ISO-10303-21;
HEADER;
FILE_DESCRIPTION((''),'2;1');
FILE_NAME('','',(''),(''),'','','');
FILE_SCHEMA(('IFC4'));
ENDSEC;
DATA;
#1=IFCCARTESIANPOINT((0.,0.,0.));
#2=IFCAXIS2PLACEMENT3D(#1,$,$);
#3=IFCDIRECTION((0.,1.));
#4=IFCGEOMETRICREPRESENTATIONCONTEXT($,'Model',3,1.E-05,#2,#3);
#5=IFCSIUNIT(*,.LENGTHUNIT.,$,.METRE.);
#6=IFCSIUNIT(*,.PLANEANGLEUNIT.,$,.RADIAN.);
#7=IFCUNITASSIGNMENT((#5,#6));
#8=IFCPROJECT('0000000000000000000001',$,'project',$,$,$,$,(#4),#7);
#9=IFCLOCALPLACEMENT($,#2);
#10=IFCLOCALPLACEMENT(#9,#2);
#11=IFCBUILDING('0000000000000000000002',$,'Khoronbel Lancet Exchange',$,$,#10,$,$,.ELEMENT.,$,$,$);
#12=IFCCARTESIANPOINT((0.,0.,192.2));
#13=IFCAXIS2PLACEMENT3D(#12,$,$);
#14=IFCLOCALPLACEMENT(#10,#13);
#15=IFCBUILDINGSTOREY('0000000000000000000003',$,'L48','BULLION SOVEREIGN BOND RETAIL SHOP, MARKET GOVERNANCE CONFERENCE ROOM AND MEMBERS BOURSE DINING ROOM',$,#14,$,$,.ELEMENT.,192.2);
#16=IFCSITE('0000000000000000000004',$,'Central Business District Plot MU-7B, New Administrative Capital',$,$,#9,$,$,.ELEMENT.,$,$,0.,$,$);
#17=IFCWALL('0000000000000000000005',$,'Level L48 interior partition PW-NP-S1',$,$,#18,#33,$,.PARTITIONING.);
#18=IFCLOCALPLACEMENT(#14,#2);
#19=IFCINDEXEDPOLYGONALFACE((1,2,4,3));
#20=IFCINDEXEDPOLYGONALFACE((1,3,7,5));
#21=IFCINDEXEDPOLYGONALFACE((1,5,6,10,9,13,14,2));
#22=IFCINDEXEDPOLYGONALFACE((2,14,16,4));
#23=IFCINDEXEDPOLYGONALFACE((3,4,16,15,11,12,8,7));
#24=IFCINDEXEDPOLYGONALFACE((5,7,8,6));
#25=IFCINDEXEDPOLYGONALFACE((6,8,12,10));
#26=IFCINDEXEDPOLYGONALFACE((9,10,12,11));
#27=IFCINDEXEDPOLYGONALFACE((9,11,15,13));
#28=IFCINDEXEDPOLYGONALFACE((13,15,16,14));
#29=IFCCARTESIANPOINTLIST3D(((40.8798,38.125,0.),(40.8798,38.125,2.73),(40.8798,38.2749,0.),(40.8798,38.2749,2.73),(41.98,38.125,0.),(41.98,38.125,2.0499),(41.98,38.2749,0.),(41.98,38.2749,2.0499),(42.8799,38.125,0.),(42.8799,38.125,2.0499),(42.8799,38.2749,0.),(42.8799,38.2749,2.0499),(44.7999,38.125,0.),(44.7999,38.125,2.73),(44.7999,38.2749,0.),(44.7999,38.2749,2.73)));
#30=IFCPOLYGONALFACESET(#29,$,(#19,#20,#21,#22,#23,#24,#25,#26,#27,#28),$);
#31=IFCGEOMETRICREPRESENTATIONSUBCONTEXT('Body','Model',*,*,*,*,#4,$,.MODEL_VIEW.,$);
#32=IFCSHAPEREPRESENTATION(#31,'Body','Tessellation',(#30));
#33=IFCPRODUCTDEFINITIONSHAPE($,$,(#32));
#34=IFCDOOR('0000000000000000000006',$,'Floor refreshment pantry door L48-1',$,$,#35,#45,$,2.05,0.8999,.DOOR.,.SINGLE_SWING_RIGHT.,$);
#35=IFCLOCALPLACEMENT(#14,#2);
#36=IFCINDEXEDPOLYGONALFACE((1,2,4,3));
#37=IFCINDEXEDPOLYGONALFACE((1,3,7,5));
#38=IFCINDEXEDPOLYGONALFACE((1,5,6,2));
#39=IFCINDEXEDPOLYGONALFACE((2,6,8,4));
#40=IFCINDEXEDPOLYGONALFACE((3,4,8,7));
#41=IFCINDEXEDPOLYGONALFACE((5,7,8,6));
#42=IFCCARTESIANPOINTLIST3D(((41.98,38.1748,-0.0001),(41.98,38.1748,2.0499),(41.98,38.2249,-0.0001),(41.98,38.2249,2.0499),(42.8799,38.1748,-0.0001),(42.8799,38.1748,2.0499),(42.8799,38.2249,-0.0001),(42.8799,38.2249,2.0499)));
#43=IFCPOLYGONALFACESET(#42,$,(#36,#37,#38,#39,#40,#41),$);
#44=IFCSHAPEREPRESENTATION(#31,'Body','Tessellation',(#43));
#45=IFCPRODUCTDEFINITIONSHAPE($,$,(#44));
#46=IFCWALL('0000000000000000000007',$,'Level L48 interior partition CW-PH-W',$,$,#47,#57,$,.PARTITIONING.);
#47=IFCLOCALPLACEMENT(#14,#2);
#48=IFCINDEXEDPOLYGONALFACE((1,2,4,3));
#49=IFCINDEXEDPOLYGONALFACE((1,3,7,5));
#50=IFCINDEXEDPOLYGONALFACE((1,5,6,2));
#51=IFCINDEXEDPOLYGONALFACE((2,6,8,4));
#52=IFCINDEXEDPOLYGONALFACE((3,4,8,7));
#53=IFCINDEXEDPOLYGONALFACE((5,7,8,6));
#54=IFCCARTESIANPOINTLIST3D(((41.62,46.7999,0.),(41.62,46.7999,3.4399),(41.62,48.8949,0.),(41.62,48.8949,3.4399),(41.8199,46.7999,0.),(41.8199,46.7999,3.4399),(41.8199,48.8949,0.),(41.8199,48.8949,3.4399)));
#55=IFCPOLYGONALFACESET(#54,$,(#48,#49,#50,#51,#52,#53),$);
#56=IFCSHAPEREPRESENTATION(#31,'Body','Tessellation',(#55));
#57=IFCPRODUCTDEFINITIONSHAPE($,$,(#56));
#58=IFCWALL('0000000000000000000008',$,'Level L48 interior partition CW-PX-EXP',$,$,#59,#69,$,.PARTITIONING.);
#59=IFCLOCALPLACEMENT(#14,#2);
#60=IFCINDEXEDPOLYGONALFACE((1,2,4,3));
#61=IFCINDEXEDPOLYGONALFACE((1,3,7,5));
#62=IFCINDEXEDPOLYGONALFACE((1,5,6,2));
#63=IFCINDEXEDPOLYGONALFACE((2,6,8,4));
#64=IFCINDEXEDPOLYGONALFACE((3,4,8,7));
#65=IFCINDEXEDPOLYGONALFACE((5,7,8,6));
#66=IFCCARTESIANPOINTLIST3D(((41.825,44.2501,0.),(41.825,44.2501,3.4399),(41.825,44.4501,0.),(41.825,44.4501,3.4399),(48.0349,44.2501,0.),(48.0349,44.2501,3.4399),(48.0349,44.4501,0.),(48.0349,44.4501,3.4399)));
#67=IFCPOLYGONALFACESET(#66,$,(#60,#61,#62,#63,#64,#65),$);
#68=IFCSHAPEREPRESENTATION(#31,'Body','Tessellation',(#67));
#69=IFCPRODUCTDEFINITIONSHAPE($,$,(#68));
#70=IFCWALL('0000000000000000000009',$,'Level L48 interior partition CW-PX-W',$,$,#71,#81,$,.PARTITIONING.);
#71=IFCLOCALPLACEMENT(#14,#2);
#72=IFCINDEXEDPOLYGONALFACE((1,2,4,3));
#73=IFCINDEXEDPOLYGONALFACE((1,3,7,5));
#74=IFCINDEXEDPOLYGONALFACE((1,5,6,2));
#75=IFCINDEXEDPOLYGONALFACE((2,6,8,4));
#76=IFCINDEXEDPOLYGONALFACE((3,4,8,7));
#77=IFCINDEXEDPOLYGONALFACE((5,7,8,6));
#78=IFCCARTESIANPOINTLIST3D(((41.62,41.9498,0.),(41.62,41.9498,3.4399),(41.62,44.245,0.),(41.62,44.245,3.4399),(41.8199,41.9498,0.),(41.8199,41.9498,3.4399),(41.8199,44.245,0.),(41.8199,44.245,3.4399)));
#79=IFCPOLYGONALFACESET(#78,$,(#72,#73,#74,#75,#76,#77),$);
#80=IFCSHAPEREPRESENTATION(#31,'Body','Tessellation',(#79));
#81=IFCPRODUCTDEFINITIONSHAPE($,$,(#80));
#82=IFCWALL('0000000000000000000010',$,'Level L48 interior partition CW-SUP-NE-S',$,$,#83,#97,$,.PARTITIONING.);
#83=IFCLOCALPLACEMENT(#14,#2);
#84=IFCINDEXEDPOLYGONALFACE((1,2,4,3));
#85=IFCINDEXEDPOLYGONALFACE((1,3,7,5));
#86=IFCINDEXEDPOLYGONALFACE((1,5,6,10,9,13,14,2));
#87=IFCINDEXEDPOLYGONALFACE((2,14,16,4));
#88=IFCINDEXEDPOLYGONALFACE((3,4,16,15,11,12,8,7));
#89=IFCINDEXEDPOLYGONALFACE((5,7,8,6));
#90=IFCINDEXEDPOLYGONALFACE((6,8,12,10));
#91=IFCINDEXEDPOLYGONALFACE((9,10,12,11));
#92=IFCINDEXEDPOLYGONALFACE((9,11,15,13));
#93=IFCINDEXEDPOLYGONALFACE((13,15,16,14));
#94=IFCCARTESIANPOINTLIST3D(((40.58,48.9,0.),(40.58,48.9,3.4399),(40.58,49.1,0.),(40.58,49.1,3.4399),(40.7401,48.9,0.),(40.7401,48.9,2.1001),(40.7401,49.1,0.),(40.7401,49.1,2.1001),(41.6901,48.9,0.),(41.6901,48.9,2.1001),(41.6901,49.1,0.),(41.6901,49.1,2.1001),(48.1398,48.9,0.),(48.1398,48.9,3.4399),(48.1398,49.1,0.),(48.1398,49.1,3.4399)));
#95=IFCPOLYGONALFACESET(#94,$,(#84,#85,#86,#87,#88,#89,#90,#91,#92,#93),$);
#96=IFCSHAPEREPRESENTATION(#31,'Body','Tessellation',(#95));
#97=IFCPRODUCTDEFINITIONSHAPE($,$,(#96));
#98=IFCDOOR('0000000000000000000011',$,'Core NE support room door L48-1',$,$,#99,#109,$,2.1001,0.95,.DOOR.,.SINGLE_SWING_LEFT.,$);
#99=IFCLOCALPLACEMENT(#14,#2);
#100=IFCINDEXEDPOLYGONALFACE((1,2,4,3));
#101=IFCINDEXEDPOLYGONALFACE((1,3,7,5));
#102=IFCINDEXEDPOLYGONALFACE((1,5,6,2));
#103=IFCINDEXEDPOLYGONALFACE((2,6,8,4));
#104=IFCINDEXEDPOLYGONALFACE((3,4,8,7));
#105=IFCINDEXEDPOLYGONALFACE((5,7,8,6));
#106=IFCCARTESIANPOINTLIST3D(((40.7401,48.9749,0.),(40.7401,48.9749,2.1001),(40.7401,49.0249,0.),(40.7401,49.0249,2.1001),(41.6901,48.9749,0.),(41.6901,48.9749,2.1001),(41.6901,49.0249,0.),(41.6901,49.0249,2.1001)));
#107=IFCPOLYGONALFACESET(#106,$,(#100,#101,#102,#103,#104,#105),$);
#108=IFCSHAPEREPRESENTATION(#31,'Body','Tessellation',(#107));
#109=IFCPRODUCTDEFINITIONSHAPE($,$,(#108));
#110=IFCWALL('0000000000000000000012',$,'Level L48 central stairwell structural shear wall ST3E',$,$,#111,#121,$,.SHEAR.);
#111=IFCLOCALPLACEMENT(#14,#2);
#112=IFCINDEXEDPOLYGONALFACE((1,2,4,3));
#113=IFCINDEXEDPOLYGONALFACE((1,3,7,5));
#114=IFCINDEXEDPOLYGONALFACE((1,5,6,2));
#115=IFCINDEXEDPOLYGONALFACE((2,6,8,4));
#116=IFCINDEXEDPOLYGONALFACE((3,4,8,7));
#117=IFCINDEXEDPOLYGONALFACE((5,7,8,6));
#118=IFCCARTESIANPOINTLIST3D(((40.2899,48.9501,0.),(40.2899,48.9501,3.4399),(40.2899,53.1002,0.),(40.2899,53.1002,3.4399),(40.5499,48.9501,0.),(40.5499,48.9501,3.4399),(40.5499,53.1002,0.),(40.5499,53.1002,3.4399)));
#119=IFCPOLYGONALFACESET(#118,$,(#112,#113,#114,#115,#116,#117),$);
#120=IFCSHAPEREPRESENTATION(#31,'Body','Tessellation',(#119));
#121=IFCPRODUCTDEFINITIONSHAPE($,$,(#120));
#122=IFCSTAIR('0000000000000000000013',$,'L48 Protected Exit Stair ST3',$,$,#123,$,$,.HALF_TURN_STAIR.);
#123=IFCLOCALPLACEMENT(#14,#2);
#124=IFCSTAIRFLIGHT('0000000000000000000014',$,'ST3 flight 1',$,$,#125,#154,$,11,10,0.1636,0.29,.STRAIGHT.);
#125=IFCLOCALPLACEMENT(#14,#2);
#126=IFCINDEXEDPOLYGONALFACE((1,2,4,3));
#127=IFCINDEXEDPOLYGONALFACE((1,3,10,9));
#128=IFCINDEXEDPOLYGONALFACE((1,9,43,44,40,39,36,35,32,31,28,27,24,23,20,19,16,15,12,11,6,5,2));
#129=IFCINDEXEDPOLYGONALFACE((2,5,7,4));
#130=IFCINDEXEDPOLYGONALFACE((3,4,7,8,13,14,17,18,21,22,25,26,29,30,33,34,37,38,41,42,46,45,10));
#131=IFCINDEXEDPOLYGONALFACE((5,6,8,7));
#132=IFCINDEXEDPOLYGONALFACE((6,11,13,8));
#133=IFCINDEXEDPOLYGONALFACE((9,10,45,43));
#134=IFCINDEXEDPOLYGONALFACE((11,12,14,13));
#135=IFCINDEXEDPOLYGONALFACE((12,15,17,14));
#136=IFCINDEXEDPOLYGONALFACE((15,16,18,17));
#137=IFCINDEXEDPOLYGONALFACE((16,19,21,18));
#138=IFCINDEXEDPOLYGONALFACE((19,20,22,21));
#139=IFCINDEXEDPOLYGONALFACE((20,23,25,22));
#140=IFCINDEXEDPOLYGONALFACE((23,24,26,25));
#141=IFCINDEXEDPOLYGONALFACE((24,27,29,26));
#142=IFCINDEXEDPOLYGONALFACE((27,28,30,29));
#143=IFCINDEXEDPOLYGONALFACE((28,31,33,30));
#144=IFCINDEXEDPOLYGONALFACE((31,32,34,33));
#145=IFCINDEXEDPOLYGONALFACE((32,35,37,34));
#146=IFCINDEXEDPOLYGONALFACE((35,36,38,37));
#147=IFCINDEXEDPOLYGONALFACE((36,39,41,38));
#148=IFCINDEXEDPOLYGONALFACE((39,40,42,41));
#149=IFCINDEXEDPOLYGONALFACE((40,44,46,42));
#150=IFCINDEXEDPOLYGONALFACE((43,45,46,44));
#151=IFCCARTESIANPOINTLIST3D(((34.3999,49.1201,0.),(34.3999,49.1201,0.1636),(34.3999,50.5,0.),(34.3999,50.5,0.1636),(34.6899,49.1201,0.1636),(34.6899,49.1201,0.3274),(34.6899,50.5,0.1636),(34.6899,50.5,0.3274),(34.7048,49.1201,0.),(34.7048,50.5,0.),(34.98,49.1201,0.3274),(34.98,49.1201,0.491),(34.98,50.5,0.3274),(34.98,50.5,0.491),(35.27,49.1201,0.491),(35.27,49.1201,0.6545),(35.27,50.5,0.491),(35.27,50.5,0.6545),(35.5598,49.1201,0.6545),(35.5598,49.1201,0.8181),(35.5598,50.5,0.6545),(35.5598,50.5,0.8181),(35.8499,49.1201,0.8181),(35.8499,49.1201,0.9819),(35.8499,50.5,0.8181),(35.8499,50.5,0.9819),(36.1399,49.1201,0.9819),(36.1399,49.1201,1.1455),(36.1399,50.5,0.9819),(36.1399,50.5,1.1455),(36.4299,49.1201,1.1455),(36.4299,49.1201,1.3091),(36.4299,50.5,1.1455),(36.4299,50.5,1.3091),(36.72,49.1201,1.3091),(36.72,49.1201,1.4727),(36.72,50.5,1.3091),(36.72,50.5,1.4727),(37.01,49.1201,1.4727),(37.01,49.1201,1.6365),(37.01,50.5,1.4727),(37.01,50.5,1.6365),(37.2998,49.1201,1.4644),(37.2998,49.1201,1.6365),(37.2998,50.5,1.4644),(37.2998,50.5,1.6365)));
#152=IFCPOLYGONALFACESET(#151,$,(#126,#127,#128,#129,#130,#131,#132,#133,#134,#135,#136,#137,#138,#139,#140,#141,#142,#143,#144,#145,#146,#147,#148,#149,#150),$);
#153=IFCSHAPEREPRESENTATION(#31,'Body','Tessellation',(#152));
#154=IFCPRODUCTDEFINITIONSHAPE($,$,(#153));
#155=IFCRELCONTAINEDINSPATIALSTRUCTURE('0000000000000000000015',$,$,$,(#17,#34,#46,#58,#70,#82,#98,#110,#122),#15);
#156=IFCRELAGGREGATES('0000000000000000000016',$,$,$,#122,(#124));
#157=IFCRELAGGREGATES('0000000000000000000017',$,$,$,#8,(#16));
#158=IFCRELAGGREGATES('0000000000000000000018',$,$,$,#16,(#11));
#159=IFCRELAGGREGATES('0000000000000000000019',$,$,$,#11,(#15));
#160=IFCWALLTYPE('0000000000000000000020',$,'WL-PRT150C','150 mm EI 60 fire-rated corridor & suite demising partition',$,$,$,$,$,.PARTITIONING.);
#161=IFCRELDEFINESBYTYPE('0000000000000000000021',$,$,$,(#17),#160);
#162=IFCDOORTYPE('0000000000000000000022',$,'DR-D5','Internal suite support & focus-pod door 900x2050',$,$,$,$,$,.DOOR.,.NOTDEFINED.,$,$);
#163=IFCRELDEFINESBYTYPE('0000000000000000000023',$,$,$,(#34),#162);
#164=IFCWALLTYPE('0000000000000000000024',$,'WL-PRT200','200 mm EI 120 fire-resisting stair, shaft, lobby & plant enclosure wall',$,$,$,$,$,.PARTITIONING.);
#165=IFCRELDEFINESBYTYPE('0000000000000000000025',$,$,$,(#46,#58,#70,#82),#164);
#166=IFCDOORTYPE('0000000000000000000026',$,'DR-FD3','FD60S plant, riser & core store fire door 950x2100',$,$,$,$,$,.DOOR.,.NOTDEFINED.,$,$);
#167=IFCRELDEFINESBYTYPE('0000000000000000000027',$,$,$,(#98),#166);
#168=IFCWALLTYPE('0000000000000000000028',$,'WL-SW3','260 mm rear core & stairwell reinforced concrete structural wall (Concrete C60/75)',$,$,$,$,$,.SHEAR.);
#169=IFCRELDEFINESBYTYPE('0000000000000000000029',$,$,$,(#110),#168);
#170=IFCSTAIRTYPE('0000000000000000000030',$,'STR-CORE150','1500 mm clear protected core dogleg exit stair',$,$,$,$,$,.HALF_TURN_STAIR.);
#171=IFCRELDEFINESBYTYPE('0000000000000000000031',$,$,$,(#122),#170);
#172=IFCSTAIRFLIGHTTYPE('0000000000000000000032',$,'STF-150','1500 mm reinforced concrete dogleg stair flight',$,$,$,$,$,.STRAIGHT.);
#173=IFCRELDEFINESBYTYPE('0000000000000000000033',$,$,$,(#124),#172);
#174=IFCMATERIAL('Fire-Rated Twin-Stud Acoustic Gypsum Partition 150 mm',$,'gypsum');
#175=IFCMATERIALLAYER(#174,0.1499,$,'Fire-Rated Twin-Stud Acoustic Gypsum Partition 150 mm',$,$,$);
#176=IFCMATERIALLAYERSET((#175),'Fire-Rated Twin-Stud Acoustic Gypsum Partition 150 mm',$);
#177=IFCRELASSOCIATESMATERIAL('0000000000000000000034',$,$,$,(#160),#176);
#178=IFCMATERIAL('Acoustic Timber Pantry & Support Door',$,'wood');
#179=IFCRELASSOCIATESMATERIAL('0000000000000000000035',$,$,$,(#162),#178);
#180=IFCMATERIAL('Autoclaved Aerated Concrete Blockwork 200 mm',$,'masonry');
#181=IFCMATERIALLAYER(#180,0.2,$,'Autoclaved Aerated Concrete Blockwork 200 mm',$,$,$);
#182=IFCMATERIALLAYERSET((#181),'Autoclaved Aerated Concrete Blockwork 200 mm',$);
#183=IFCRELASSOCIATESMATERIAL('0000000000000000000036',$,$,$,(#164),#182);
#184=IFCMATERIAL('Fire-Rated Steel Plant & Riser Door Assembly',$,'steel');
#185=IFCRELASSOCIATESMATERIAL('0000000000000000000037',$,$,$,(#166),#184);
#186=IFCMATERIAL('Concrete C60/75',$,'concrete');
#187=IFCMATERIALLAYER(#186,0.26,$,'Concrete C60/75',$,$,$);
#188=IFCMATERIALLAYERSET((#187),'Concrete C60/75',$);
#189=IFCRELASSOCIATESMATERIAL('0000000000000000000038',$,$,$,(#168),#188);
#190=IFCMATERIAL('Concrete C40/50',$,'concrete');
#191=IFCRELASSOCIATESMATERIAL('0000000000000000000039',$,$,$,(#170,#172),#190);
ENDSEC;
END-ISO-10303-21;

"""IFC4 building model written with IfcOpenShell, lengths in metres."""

from ifc_helpers import new_model, si_unit, direction, frame, frame_2d, origin, place, context, subcontext, project, spatial, polyline, rectangle, outline, extrude, material, layer, layer_set, type_object, element, fill, aggregate, save


model = new_model("IFC4")

# Units and contexts
model_context = context("Model", 3, precision=1e-05, world=origin(), true_north=direction((0.0, 1.0)))
body_context = subcontext(model_context, "Body", "Model", "MODEL_VIEW")
ifc_project = project(units=[si_unit("LENGTHUNIT", "METRE"), si_unit("PLANEANGLEUNIT", "RADIAN")], contexts=[model_context])

# Site, building, storey
site_placement = place(None, origin())
site = spatial("IfcSite", under=ifc_project, at=site_placement, Name="Central Business District Plot MU-7B, New Administrative Capital", CompositionType="ELEMENT", RefElevation=0.0)
building_placement = place(site_placement, origin())
building = spatial("IfcBuilding", under=site, at=building_placement, Name="Khoronbel Lancet Exchange", CompositionType="ELEMENT")
storey_placement = place(building_placement, frame((0.0, 0.0, 192.2)))
storey = spatial("IfcBuildingStorey", under=building, at=storey_placement, Name="L48", Description="BULLION SOVEREIGN BOND RETAIL SHOP, MARKET GOVERNANCE CONFERENCE ROOM AND MEMBERS BOURSE DINING ROOM", CompositionType="ELEMENT", Elevation=192.2)

# Shared definitions
ifc_material_1 = material(Name="Concrete C60/75", Category="concrete")

# Wall, opening, door
ifc_material_2 = material(Name="Fire-Rated Twin-Stud Acoustic Gypsum Partition 150 mm", Category="gypsum")
ifc_layer_1 = layer(ifc_material_2, 0.1499, Name="Fire-Rated Twin-Stud Acoustic Gypsum Partition 150 mm")
ifc_layer_set_1 = layer_set([ifc_layer_1], Name="Fire-Rated Twin-Stud Acoustic Gypsum Partition 150 mm")
wall_type_1 = type_object("IfcWallType", Name="WL-PRT150C", Description="150 mm EI 60 fire-rated corridor & suite demising partition", PredefinedType="PARTITIONING", material=ifc_layer_set_1)
wall_1_placement = place(storey_placement, frame((40.8799, 38.2, 0.0), z_axis=(0.0, 0.0, 1.0), x_axis=(1.0, 0.0, 0.0)))
wall_1 = element("IfcWall", 1, at=wall_1_placement, inside=storey, type_object=wall_type_1, Name="Level L48 interior partition PW-NP-S1", PredefinedType="PARTITIONING", context=body_context, shape_type="SweptSolid", body=[
    extrude(rectangle(XDim=3.9202, YDim=0.1499, at=frame_2d((1.96, 0.0))), origin(), (0.0, 0.0, 1.0), 2.73),
])
opening_1_placement = place(wall_1_placement, frame((1.1001, 0.0, 0.0)))
opening_1 = element("IfcOpeningElement", 2, at=opening_1_placement, cuts=wall_1, PredefinedType="OPENING", context=body_context, shape_type="SweptSolid", body=[
    extrude(rectangle(XDim=0.8999, YDim=2.05, at=frame_2d((0.45, 1.0249))), frame((0.0, 0.085, 0.0), z_axis=(0.0, -1.0, 0.0), x_axis=(1.0, 0.0, 0.0)), (0.0, 0.0, 1.0), 0.1699),
])
ifc_material_3 = material(Name="Acoustic Timber Pantry & Support Door", Category="wood")
door_type_1 = type_object("IfcDoorType", Name="DR-D5", Description="Internal suite support & focus-pod door 900x2050", OperationType="NOTDEFINED", PredefinedType="DOOR", material=ifc_material_3)
door_1_placement = place(opening_1_placement, origin())
door_1 = element("IfcDoor", 3, at=door_1_placement, inside=storey, type_object=door_type_1, Name="Floor refreshment pantry door L48-1", OperationType="SINGLE_SWING_RIGHT", OverallHeight=2.05, OverallWidth=0.8999, PredefinedType="DOOR", context=body_context, shape_type="SweptSolid", body=[
    extrude(rectangle(XDim=0.8999, YDim=2.05, at=frame_2d((0.45, 1.0249))), frame((0.0, 0.0249, 0.0), z_axis=(0.0, -1.0, 0.0), x_axis=(1.0, 0.0, 0.0)), (0.0, 0.0, 1.0), 0.05),
])
fill(opening_1, door_1)

# Walls
ifc_material_4 = material(Name="Autoclaved Aerated Concrete Blockwork 200 mm", Category="masonry")
ifc_layer_2 = layer(ifc_material_4, 0.2, Name="Autoclaved Aerated Concrete Blockwork 200 mm")
ifc_layer_set_2 = layer_set([ifc_layer_2], Name="Autoclaved Aerated Concrete Blockwork 200 mm")
wall_type_2 = type_object("IfcWallType", Name="WL-PRT200", Description="200 mm EI 120 fire-resisting stair, shaft, lobby & plant enclosure wall", PredefinedType="PARTITIONING", material=ifc_layer_set_2)
wall_2_placement = place(storey_placement, frame((41.72, 46.8, 0.0), z_axis=(0.0, 0.0, 1.0), x_axis=(0.0, 1.0, 0.0)))
element("IfcWall", 4, at=wall_2_placement, inside=storey, type_object=wall_type_2, Name="Level L48 interior partition CW-PH-W", PredefinedType="PARTITIONING", context=body_context, shape_type="SweptSolid", body=[
    extrude(rectangle(XDim=2.095, YDim=0.2, at=frame_2d((1.0474, 0.0))), origin(), (0.0, 0.0, 1.0), 3.4399),
])
wall_3_placement = place(storey_placement, frame((41.825, 44.3501, 0.0), z_axis=(0.0, 0.0, 1.0), x_axis=(1.0, 0.0, 0.0)))
element("IfcWall", 5, at=wall_3_placement, inside=storey, type_object=wall_type_2, Name="Level L48 interior partition CW-PX-EXP", PredefinedType="PARTITIONING", context=body_context, shape_type="SweptSolid", body=[
    extrude(rectangle(XDim=6.21, YDim=0.2, at=frame_2d((3.105, 0.0))), origin(), (0.0, 0.0, 1.0), 3.4399),
])
wall_4_placement = place(storey_placement, frame((41.72, 41.95, 0.0), z_axis=(0.0, 0.0, 1.0), x_axis=(0.0, 1.0, 0.0)))
element("IfcWall", 6, at=wall_4_placement, inside=storey, type_object=wall_type_2, Name="Level L48 interior partition CW-PX-W", PredefinedType="PARTITIONING", context=body_context, shape_type="SweptSolid", body=[
    extrude(rectangle(XDim=2.2952, YDim=0.2, at=frame_2d((1.1475, 0.0))), origin(), (0.0, 0.0, 1.0), 3.4399),
])

# Wall, opening, door
wall_5_placement = place(storey_placement, frame((40.5801, 49.0, 0.0), z_axis=(0.0, 0.0, 1.0), x_axis=(1.0, 0.0, 0.0)))
wall_5 = element("IfcWall", 7, at=wall_5_placement, inside=storey, type_object=wall_type_2, Name="Level L48 interior partition CW-SUP-NE-S", PredefinedType="PARTITIONING", context=body_context, shape_type="SweptSolid", body=[
    extrude(rectangle(XDim=7.5598, YDim=0.2, at=frame_2d((3.7798, 0.0))), origin(), (0.0, 0.0, 1.0), 3.4399),
])
opening_2_placement = place(wall_5_placement, frame((0.1599, 0.0, 0.0)))
opening_2 = element("IfcOpeningElement", 8, at=opening_2_placement, cuts=wall_5, PredefinedType="OPENING", context=body_context, shape_type="SweptSolid", body=[
    extrude(rectangle(XDim=0.95, YDim=2.1001, at=frame_2d((0.4751, 1.05))), frame((0.0, 0.1099, 0.0), z_axis=(0.0, -1.0, 0.0), x_axis=(1.0, 0.0, 0.0)), (0.0, 0.0, 1.0), 0.22),
])
ifc_material_5 = material(Name="Fire-Rated Steel Plant & Riser Door Assembly", Category="steel")
door_type_2 = type_object("IfcDoorType", Name="DR-FD3", Description="FD60S plant, riser & core store fire door 950x2100", OperationType="NOTDEFINED", PredefinedType="DOOR", material=ifc_material_5)
door_2_placement = place(opening_2_placement, origin())
door_2 = element("IfcDoor", 9, at=door_2_placement, inside=storey, type_object=door_type_2, Name="Core NE support room door L48-1", OperationType="SINGLE_SWING_LEFT", OverallHeight=2.1001, OverallWidth=0.95, PredefinedType="DOOR", context=body_context, shape_type="SweptSolid", body=[
    extrude(rectangle(XDim=0.95, YDim=2.1001, at=frame_2d((0.4751, 1.05))), frame((0.0, 0.0249, 0.0), z_axis=(0.0, -1.0, 0.0), x_axis=(1.0, 0.0, 0.0)), (0.0, 0.0, 1.0), 0.05),
])
fill(opening_2, door_2)

# Wall
ifc_layer_3 = layer(ifc_material_1, 0.26, Name="Concrete C60/75")
ifc_layer_set_3 = layer_set([ifc_layer_3], Name="Concrete C60/75")
wall_type_3 = type_object("IfcWallType", Name="WL-SW3", Description="260 mm rear core & stairwell reinforced concrete structural wall (Concrete C60/75)", PredefinedType="SHEAR", material=ifc_layer_set_3)
wall_6_placement = place(storey_placement, frame((40.4199, 48.95, 0.0), z_axis=(0.0, 0.0, 1.0), x_axis=(0.0, 1.0, 0.0)))
element("IfcWall", 10, at=wall_6_placement, inside=storey, type_object=wall_type_3, Name="Level L48 central stairwell structural shear wall ST3E", PredefinedType="SHEAR", context=body_context, shape_type="SweptSolid", body=[
    extrude(rectangle(XDim=4.1501, YDim=0.26, at=frame_2d((2.0752, 0.0))), origin(), (0.0, 0.0, 1.0), 3.4399),
])

# Stair, stair flight
ifc_material_6 = material(Name="Concrete C40/50", Category="concrete")
stair_type = type_object("IfcStairType", Name="STR-CORE150", Description="1500 mm clear protected core dogleg exit stair", PredefinedType="HALF_TURN_STAIR", material=ifc_material_6)
stair_placement = place(storey_placement, origin())
stair = element("IfcStair", 11, at=stair_placement, inside=storey, type_object=stair_type, Name="L48 Protected Exit Stair ST3", PredefinedType="HALF_TURN_STAIR")
stair_flight_type = type_object("IfcStairFlightType", Name="STF-150", Description="1500 mm reinforced concrete dogleg stair flight", PredefinedType="STRAIGHT", material=ifc_material_6)
stair_flight_1_placement = place(storey_placement, frame((34.3999, 49.8101, 0.0), z_axis=(0.0, 0.0, 1.0), x_axis=(1.0, 0.0, 0.0)))
stair_flight_1 = element("IfcStairFlight", 12, at=stair_flight_1_placement, type_object=stair_flight_type, Name="ST3 flight 1", NumberOfRisers=11, NumberOfTreads=10, PredefinedType="STRAIGHT", RiserHeight=0.1636, TreadLength=0.29, context=body_context, shape_type="SweptSolid", body=[
    extrude(outline(polyline([(0.0, 0.0), (0.0, 0.1636), (0.29, 0.1636), (0.29, 0.3274), (0.5801, 0.3274), (0.5801, 0.491), (0.8701, 0.491), (0.8701, 0.6545), (1.1599, 0.6545), (1.1599, 0.8181), (1.45, 0.8181), (1.45, 0.9819), (1.74, 0.9819), (1.74, 1.1455), (2.03, 1.1455), (2.03, 1.3091), (2.3201, 1.3091), (2.3201, 1.4727), (2.6101, 1.4727), (2.6101, 1.6365), (2.8999, 1.6365), (2.8999, 1.8), (2.8999, 1.4644), (0.3049, 0.0), (0.0, 0.0)])), frame((0.0, 0.6899, 0.0), z_axis=(0.0, -1.0, 0.0), x_axis=(1.0, 0.0, 0.0)), (0.0, 0.0, 1.0), 1.3799),
])
aggregate(stair, [stair_flight_1])

save(model, "model.ifc")
